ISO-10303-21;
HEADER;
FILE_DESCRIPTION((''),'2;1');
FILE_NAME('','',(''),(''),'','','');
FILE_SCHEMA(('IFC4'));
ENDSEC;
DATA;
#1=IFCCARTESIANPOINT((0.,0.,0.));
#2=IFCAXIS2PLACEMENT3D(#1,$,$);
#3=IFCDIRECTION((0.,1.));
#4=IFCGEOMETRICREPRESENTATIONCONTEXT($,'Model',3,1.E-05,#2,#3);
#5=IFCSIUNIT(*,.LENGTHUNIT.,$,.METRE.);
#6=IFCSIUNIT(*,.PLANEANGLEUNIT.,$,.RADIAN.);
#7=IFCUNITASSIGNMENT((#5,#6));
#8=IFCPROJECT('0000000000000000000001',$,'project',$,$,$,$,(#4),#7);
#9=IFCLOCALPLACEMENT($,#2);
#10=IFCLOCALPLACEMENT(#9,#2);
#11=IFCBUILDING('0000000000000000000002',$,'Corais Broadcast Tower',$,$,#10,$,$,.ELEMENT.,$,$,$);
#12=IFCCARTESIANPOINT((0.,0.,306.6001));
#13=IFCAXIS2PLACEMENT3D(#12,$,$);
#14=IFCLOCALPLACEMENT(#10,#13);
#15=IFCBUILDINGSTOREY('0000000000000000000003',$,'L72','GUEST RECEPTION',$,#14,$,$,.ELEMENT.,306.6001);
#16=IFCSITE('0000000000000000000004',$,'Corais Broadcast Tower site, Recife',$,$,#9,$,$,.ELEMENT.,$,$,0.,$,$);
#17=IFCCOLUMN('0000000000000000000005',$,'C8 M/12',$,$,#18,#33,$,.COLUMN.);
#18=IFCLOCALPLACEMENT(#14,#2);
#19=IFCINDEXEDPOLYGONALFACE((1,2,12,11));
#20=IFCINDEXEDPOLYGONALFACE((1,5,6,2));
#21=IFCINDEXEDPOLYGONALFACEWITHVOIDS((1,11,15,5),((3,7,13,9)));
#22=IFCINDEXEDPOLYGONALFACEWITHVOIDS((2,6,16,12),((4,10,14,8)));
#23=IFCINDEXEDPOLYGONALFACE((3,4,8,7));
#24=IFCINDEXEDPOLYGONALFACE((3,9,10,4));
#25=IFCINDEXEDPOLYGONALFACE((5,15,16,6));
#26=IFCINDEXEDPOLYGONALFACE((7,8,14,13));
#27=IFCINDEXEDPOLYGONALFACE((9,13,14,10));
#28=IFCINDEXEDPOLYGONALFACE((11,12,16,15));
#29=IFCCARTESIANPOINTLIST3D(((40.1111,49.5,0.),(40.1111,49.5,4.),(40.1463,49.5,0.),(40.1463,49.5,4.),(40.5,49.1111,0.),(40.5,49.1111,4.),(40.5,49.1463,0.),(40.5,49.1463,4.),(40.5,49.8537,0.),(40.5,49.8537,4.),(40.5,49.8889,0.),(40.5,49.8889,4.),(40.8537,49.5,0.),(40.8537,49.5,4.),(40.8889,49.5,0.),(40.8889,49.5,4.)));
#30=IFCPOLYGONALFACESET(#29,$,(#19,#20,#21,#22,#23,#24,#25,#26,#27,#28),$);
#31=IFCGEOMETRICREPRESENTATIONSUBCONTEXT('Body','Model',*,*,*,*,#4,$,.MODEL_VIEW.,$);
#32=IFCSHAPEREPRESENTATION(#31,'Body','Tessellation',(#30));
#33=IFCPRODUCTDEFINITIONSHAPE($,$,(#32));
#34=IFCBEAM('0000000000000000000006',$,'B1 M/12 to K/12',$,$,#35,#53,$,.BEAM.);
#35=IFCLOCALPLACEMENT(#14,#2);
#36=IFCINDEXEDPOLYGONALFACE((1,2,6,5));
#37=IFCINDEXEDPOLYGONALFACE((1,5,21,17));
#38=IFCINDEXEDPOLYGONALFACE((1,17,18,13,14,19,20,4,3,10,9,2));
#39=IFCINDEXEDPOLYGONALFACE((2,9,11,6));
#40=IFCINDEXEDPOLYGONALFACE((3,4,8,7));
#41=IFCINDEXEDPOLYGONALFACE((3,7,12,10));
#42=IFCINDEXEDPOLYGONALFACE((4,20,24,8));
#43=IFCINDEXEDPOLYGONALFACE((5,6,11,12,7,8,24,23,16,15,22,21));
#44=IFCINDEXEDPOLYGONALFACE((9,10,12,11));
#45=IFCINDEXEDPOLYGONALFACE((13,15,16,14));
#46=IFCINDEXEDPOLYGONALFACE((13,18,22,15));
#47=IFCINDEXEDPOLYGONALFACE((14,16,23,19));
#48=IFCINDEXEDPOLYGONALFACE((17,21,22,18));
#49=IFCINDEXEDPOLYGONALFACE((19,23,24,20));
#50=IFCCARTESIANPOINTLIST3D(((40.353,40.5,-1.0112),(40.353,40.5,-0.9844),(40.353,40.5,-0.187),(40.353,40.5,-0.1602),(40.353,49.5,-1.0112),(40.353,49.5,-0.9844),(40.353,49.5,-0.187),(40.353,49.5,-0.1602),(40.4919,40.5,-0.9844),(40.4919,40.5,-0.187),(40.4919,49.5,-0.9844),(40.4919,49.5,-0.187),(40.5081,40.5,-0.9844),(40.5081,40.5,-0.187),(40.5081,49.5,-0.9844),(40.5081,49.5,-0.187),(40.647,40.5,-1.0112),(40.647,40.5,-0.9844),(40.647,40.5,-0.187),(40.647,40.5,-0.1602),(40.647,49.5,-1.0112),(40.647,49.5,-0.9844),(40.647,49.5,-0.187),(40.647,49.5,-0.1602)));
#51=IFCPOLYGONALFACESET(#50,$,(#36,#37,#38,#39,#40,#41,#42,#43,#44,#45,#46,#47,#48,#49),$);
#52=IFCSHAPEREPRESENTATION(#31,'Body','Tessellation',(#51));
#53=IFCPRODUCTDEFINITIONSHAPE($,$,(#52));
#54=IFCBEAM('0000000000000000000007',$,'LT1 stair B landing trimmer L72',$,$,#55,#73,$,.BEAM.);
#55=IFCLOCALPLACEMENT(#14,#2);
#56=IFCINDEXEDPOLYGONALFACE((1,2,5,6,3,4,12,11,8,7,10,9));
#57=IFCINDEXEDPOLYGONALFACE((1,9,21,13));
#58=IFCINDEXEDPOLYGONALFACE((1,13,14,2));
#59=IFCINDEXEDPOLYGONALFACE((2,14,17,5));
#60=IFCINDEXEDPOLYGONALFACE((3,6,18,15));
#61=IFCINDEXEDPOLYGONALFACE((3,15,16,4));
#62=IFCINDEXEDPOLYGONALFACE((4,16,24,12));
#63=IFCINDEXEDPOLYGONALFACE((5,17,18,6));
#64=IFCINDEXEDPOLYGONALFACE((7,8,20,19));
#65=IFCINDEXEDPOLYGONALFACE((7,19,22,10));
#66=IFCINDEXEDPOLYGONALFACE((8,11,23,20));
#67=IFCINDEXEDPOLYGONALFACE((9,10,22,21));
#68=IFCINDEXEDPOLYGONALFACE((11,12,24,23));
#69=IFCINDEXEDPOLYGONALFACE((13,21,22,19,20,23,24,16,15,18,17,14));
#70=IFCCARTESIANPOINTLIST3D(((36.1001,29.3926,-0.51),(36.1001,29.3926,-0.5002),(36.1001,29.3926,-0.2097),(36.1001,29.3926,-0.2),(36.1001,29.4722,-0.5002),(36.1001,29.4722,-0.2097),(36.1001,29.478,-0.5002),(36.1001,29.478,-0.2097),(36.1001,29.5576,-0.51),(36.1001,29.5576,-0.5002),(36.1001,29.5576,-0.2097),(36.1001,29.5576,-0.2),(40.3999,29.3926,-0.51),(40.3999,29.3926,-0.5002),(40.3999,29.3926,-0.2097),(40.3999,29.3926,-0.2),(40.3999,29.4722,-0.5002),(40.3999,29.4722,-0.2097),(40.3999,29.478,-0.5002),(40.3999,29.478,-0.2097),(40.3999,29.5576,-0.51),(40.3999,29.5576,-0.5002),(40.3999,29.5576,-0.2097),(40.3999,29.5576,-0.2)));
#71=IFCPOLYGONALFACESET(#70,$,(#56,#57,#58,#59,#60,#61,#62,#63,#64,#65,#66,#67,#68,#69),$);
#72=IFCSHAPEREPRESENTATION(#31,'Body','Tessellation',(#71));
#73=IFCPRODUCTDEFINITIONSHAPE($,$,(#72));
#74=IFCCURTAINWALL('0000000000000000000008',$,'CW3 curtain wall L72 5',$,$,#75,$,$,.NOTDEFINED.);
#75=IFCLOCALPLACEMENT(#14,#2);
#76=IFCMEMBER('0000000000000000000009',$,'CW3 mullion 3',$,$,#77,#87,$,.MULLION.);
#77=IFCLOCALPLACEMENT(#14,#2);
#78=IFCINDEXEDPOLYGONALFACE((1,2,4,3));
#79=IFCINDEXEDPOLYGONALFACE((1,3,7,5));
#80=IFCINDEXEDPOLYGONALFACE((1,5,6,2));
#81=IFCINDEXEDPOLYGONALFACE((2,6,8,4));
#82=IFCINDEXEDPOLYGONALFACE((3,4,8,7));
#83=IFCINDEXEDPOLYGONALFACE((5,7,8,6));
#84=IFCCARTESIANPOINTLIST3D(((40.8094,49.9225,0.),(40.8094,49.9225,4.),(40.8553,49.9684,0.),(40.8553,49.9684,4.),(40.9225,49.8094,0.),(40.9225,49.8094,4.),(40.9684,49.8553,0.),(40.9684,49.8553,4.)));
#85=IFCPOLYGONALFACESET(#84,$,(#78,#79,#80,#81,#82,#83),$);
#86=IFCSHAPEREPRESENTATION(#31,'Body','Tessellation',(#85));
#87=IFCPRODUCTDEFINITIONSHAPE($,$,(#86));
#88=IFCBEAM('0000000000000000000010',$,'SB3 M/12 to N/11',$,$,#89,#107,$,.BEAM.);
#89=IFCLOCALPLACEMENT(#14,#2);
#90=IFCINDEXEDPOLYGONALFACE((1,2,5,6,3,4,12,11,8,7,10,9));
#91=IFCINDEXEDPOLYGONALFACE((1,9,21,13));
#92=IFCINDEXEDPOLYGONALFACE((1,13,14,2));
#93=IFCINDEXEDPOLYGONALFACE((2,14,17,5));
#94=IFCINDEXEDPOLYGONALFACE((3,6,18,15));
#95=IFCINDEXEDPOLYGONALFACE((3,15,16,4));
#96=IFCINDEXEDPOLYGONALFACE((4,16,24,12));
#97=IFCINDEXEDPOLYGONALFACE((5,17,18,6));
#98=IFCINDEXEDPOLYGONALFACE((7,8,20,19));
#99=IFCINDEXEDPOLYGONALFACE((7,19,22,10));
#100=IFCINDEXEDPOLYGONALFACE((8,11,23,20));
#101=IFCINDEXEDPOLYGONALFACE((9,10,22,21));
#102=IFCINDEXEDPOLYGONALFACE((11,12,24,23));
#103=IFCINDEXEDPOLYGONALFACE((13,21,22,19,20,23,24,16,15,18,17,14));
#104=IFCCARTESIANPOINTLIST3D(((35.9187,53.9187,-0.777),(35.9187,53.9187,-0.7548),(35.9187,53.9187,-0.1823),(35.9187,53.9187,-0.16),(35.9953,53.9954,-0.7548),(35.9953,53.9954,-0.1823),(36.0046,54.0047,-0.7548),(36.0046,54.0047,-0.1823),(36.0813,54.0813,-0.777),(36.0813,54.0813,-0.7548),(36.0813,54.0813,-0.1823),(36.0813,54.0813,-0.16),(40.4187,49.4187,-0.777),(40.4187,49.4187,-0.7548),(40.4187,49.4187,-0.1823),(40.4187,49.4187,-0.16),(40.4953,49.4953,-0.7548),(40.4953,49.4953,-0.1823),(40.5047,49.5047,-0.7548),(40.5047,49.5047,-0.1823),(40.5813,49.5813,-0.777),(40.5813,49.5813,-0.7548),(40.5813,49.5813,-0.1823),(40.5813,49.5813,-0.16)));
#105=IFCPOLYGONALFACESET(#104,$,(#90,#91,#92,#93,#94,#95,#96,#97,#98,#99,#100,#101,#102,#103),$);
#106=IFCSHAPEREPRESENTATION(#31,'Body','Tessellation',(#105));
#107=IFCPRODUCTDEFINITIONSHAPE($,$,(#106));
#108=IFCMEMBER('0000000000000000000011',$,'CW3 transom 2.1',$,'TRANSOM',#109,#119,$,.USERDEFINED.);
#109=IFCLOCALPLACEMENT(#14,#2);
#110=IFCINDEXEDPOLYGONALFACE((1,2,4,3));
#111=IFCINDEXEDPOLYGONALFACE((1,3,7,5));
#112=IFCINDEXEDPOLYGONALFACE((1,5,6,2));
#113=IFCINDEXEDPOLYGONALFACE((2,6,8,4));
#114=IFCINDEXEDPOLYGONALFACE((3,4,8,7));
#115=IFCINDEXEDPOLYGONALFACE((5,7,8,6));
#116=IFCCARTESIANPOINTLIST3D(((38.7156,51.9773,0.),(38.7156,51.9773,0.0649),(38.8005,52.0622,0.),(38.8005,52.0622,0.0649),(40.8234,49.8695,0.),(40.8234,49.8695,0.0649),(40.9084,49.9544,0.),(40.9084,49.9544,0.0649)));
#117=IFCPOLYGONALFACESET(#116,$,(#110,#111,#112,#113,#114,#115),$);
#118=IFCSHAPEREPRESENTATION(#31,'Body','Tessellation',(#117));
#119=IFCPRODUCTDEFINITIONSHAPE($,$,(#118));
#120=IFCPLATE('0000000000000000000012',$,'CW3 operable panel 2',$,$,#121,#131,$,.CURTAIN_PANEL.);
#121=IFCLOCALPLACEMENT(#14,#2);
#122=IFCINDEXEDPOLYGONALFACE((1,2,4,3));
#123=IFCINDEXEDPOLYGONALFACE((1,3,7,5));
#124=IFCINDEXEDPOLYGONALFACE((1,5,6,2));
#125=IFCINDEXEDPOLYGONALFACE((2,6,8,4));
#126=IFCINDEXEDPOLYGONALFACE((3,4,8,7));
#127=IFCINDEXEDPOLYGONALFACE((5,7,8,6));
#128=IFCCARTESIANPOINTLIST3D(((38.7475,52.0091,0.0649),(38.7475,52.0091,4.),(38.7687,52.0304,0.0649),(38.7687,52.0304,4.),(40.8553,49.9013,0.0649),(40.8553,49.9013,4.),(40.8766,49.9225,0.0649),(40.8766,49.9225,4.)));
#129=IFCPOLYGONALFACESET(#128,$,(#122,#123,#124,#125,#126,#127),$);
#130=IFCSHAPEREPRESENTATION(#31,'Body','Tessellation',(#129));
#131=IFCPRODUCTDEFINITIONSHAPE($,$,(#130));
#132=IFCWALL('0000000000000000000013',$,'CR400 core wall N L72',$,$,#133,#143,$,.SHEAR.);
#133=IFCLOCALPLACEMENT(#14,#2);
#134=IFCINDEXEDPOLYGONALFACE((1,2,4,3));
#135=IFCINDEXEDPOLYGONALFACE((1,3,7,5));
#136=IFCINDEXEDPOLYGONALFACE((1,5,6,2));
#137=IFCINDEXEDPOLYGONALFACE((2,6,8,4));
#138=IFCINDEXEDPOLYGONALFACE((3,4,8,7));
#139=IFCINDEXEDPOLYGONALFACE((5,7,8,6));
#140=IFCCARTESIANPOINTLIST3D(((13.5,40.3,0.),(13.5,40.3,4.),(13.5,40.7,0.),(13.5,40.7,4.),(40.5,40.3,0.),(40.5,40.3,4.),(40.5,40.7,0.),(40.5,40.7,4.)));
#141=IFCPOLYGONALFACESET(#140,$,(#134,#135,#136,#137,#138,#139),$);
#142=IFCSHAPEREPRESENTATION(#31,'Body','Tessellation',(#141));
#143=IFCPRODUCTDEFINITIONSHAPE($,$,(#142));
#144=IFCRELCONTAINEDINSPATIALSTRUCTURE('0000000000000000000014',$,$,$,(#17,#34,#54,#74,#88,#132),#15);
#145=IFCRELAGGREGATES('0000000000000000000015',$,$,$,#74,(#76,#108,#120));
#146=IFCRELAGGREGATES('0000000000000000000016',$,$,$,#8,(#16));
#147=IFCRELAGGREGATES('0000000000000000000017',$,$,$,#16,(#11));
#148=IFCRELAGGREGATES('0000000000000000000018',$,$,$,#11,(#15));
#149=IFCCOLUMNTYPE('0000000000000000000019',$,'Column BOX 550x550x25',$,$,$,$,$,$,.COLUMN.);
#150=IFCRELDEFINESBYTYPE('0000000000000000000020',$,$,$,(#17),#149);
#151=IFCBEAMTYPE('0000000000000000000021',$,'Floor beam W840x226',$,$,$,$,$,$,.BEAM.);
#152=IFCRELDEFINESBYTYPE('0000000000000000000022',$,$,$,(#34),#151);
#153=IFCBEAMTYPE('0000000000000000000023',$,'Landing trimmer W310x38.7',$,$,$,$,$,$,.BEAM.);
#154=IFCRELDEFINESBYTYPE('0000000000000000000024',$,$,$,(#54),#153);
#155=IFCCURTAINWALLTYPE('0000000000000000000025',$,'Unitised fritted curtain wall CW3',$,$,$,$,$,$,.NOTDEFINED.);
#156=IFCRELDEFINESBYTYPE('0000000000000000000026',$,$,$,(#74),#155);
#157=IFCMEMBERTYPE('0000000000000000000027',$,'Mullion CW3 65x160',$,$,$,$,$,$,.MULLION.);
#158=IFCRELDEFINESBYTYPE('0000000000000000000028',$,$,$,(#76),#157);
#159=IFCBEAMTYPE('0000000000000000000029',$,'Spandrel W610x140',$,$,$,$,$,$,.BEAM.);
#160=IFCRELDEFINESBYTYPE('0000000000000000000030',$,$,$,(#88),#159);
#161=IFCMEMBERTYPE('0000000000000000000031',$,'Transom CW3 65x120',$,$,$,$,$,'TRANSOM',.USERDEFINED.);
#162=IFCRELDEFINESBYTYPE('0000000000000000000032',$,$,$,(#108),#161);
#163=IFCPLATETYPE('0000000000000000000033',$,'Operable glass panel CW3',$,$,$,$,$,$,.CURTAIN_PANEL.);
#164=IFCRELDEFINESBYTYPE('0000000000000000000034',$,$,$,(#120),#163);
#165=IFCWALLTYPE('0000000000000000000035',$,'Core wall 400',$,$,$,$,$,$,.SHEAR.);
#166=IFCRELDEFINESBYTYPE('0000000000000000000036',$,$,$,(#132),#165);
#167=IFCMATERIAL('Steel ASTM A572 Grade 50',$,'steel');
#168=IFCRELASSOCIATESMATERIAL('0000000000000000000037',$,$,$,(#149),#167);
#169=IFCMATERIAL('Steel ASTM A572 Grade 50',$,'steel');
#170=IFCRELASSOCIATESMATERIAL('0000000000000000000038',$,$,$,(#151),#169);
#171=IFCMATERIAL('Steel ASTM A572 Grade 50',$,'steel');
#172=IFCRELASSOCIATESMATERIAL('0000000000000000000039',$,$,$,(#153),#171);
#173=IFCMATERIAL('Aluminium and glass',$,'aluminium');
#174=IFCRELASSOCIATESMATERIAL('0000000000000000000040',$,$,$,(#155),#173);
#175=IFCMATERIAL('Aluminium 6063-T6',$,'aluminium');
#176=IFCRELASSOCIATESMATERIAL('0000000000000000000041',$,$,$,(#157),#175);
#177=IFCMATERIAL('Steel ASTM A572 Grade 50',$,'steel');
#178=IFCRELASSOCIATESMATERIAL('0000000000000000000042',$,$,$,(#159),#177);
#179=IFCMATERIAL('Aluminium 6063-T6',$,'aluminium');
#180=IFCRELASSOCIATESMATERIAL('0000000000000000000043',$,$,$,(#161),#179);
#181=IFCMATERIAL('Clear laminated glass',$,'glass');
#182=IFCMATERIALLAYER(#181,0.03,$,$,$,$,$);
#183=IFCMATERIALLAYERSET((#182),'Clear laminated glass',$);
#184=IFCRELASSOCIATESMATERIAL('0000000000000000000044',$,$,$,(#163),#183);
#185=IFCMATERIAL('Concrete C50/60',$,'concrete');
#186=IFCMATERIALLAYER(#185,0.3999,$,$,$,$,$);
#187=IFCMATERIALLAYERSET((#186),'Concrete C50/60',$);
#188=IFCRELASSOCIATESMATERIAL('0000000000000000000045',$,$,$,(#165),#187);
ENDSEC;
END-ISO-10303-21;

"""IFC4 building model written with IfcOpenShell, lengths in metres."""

from ifc_helpers import new_model, si_unit, direction, frame, frame_2d, origin, origin_2d, place, context, subcontext, project, spatial, rectangle, hollow_rectangle, i_section, extrude, material, layer, layer_set, material_profile, profile_set, type_object, element, aggregate, save


model = new_model("IFC4")

# Units and contexts
model_context = context("Model", 3, precision=1e-05, world=origin(), true_north=direction((0.0, 1.0)))
body_context = subcontext(model_context, "Body", "Model", "MODEL_VIEW")
ifc_project = project(units=[si_unit("LENGTHUNIT", "METRE"), si_unit("PLANEANGLEUNIT", "RADIAN")], contexts=[model_context])

# Site, building, storey
site_placement = place(None, origin())
site = spatial("IfcSite", under=ifc_project, at=site_placement, Name="Corais Broadcast Tower site, Recife", CompositionType="ELEMENT", RefElevation=0.0)
building_placement = place(site_placement, origin())
building = spatial("IfcBuilding", under=site, at=building_placement, Name="Corais Broadcast Tower", CompositionType="ELEMENT")
storey_placement = place(building_placement, frame((0.0, 0.0, 306.6001)))
storey = spatial("IfcBuildingStorey", under=building, at=storey_placement, Name="L72", Description="GUEST RECEPTION", CompositionType="ELEMENT", Elevation=306.6001)

# Column
ifc_material_1 = material(Name="Steel ASTM A572 Grade 50", Category="steel")
ifc_material_profile_1 = material_profile(ifc_material_1, hollow_rectangle(XDim=0.55, YDim=0.55, WallThickness=0.0249, at=origin_2d()), Name="BOX 550x550x25")
ifc_profile_set_1 = profile_set([ifc_material_profile_1], Name="Steel ASTM A572 Grade 50")
column_type = type_object("IfcColumnType", Name="Column BOX 550x550x25", PredefinedType="COLUMN", material=ifc_profile_set_1)
column_placement = place(storey_placement, frame((40.5, 49.5, 0.0), z_axis=(0.0, 0.0, 1.0), x_axis=(0.707107, 0.707107, 0.0)))
element("IfcColumn", 1, at=column_placement, inside=storey, type_object=column_type, Name="C8 M/12", PredefinedType="COLUMN", context=body_context, shape_type="SweptSolid", body=[
    extrude(hollow_rectangle(XDim=0.55, YDim=0.55, WallThickness=0.0249, at=origin_2d()), origin(), (0.0, 0.0, 1.0), 4.0),
])

# Beams
ifc_material_2 = material(Name="Steel ASTM A572 Grade 50", Category="steel")
ifc_material_profile_2 = material_profile(ifc_material_2, i_section(OverallWidth=0.2939, OverallDepth=0.8511, WebThickness=0.0161, FlangeThickness=0.0269, at=origin_2d()), Name="W840x226")
ifc_profile_set_2 = profile_set([ifc_material_profile_2], Name="Steel ASTM A572 Grade 50")
beam_type_1 = type_object("IfcBeamType", Name="Floor beam W840x226", PredefinedType="BEAM", material=ifc_profile_set_2)
beam_1_placement = place(storey_placement, frame((40.5, 49.5, -0.5857), z_axis=(0.0, -1.0, 0.0), x_axis=(1.0, 0.0, 0.0)))
element("IfcBeam", 2, at=beam_1_placement, inside=storey, type_object=beam_type_1, Name="B1 M/12 to K/12", PredefinedType="BEAM", context=body_context, shape_type="SweptSolid", body=[
    extrude(i_section(OverallWidth=0.2939, OverallDepth=0.8511, WebThickness=0.0161, FlangeThickness=0.0269, at=origin_2d()), origin(), (0.0, 0.0, 1.0), 9.0),
])
ifc_material_3 = material(Name="Steel ASTM A572 Grade 50", Category="steel")
ifc_material_profile_3 = material_profile(ifc_material_3, i_section(OverallWidth=0.165, OverallDepth=0.3101, WebThickness=0.0059, FlangeThickness=0.0098, at=origin_2d()), Name="W310x38.7")
ifc_profile_set_3 = profile_set([ifc_material_profile_3], Name="Steel ASTM A572 Grade 50")
beam_type_2 = type_object("IfcBeamType", Name="Landing trimmer W310x38.7", PredefinedType="BEAM", material=ifc_profile_set_3)
beam_2_placement = place(storey_placement, frame((36.1001, 29.4751, -0.355), z_axis=(1.0, 0.0, 0.0), x_axis=(0.0, 1.0, 0.0)))
element("IfcBeam", 3, at=beam_2_placement, inside=storey, type_object=beam_type_2, Name="LT1 stair B landing trimmer L72", PredefinedType="BEAM", context=body_context, shape_type="SweptSolid", body=[
    extrude(i_section(OverallWidth=0.165, OverallDepth=0.3101, WebThickness=0.0059, FlangeThickness=0.0098, at=origin_2d()), origin(), (0.0, 0.0, 1.0), 4.2998),
])

# Curtain wall, member
ifc_material_4 = material(Name="Aluminium and glass", Category="aluminium")
curtain_wall_type = type_object("IfcCurtainWallType", Name="Unitised fritted curtain wall CW3", PredefinedType="NOTDEFINED", material=ifc_material_4)
curtain_wall_placement = place(storey_placement, origin())
curtain_wall = element("IfcCurtainWall", 4, at=curtain_wall_placement, inside=storey, type_object=curtain_wall_type, Name="CW3 curtain wall L72 5", PredefinedType="NOTDEFINED")
ifc_material_5 = material(Name="Aluminium 6063-T6", Category="aluminium")
ifc_material_profile_4 = material_profile(ifc_material_5, rectangle(XDim=0.0649, YDim=0.1599, at=origin_2d()), Name="Mullion CW3 65x160")
ifc_profile_set_4 = profile_set([ifc_material_profile_4], Name="Aluminium 6063-T6")
member_type_1 = type_object("IfcMemberType", Name="Mullion CW3 65x160", PredefinedType="MULLION", material=ifc_profile_set_4)
member_1_placement = place(storey_placement, frame((40.8889, 49.8889, 0.0), z_axis=(0.0, 0.0, 1.0), x_axis=(0.707107, 0.707107, 0.0)))
member_1 = element("IfcMember", 5, at=member_1_placement, type_object=member_type_1, Name="CW3 mullion 3", PredefinedType="MULLION", context=body_context, shape_type="SweptSolid", body=[
    extrude(rectangle(XDim=0.0649, YDim=0.1599, at=origin_2d()), origin(), (0.0, 0.0, 1.0), 4.0),
])

# Beam
ifc_material_6 = material(Name="Steel ASTM A572 Grade 50", Category="steel")
ifc_material_profile_5 = material_profile(ifc_material_6, i_section(OverallWidth=0.23, OverallDepth=0.6169, WebThickness=0.0132, FlangeThickness=0.0222, at=origin_2d()), Name="W610x140")
ifc_profile_set_5 = profile_set([ifc_material_profile_5], Name="Steel ASTM A572 Grade 50")
beam_type_3 = type_object("IfcBeamType", Name="Spandrel W610x140", PredefinedType="BEAM", material=ifc_profile_set_5)
beam_3_placement = place(storey_placement, frame((40.5, 49.5, -0.4685), z_axis=(-0.707107, 0.707107, 0.0), x_axis=(-0.707107, -0.707107, 0.0)))
element("IfcBeam", 6, at=beam_3_placement, inside=storey, type_object=beam_type_3, Name="SB3 M/12 to N/11", PredefinedType="BEAM", context=body_context, shape_type="SweptSolid", body=[
    extrude(i_section(OverallWidth=0.23, OverallDepth=0.6169, WebThickness=0.0132, FlangeThickness=0.0222, at=origin_2d()), origin(), (0.0, 0.0, 1.0), 6.364),
])

# Member
ifc_material_7 = material(Name="Aluminium 6063-T6", Category="aluminium")
ifc_material_profile_6 = material_profile(ifc_material_7, rectangle(XDim=0.1201, YDim=0.0649, at=origin_2d()), Name="Transom CW3 65x120")
ifc_profile_set_6 = profile_set([ifc_material_profile_6], Name="Aluminium 6063-T6")
member_type_2 = type_object("IfcMemberType", Name="Transom CW3 65x120", ElementType="TRANSOM", PredefinedType="USERDEFINED", material=ifc_profile_set_6)
member_2_placement = place(storey_placement, frame((38.7581, 52.0198, 0.0325), z_axis=(0.707107, -0.707107, 0.0), x_axis=(0.707107, 0.707107, 0.0)))
member_2 = element("IfcMember", 7, at=member_2_placement, type_object=member_type_2, Name="CW3 transom 2.1", ObjectType="TRANSOM", PredefinedType="USERDEFINED", context=body_context, shape_type="SweptSolid", body=[
    extrude(rectangle(XDim=0.1201, YDim=0.0649, at=origin_2d()), origin(), (0.0, 0.0, 1.0), 2.981),
])

# Plate
ifc_material_8 = material(Name="Clear laminated glass", Category="glass")
ifc_layer_1 = layer(ifc_material_8, 0.03)
ifc_layer_set_1 = layer_set([ifc_layer_1], Name="Clear laminated glass")
plate_type = type_object("IfcPlateType", Name="Operable glass panel CW3", PredefinedType="CURTAIN_PANEL", material=ifc_layer_set_1)
plate_placement = place(storey_placement, frame((39.812, 50.9658, 0.0649), z_axis=(0.0, 0.0, 1.0), x_axis=(0.707107, -0.707107, 0.0)))
plate = element("IfcPlate", 8, at=plate_placement, type_object=plate_type, Name="CW3 operable panel 2", PredefinedType="CURTAIN_PANEL", context=body_context, shape_type="SweptSolid", body=[
    extrude(rectangle(XDim=2.981, YDim=0.03, at=origin_2d()), origin(), (0.0, 0.0, 1.0), 3.9351),
])
aggregate(curtain_wall, [member_1, member_2, plate])

# Wall
ifc_material_9 = material(Name="Concrete C50/60", Category="concrete")
ifc_layer_2 = layer(ifc_material_9, 0.3999)
ifc_layer_set_2 = layer_set([ifc_layer_2], Name="Concrete C50/60")
wall_type_1 = type_object("IfcWallType", Name="Core wall 400", PredefinedType="SHEAR", material=ifc_layer_set_2)
wall_1_placement = place(storey_placement, frame((40.5, 40.5, 0.0), z_axis=(0.0, 0.0, 1.0), x_axis=(-1.0, 0.0, 0.0)))
element("IfcWall", 9, at=wall_1_placement, inside=storey, type_object=wall_type_1, Name="CR400 core wall N L72", PredefinedType="SHEAR", context=body_context, shape_type="SweptSolid", body=[
    extrude(rectangle(XDim=27.0, YDim=0.3999, at=frame_2d((13.5, 0.0))), origin(), (0.0, 0.0, 1.0), 4.0),
])

save(model, "model.ifc")
